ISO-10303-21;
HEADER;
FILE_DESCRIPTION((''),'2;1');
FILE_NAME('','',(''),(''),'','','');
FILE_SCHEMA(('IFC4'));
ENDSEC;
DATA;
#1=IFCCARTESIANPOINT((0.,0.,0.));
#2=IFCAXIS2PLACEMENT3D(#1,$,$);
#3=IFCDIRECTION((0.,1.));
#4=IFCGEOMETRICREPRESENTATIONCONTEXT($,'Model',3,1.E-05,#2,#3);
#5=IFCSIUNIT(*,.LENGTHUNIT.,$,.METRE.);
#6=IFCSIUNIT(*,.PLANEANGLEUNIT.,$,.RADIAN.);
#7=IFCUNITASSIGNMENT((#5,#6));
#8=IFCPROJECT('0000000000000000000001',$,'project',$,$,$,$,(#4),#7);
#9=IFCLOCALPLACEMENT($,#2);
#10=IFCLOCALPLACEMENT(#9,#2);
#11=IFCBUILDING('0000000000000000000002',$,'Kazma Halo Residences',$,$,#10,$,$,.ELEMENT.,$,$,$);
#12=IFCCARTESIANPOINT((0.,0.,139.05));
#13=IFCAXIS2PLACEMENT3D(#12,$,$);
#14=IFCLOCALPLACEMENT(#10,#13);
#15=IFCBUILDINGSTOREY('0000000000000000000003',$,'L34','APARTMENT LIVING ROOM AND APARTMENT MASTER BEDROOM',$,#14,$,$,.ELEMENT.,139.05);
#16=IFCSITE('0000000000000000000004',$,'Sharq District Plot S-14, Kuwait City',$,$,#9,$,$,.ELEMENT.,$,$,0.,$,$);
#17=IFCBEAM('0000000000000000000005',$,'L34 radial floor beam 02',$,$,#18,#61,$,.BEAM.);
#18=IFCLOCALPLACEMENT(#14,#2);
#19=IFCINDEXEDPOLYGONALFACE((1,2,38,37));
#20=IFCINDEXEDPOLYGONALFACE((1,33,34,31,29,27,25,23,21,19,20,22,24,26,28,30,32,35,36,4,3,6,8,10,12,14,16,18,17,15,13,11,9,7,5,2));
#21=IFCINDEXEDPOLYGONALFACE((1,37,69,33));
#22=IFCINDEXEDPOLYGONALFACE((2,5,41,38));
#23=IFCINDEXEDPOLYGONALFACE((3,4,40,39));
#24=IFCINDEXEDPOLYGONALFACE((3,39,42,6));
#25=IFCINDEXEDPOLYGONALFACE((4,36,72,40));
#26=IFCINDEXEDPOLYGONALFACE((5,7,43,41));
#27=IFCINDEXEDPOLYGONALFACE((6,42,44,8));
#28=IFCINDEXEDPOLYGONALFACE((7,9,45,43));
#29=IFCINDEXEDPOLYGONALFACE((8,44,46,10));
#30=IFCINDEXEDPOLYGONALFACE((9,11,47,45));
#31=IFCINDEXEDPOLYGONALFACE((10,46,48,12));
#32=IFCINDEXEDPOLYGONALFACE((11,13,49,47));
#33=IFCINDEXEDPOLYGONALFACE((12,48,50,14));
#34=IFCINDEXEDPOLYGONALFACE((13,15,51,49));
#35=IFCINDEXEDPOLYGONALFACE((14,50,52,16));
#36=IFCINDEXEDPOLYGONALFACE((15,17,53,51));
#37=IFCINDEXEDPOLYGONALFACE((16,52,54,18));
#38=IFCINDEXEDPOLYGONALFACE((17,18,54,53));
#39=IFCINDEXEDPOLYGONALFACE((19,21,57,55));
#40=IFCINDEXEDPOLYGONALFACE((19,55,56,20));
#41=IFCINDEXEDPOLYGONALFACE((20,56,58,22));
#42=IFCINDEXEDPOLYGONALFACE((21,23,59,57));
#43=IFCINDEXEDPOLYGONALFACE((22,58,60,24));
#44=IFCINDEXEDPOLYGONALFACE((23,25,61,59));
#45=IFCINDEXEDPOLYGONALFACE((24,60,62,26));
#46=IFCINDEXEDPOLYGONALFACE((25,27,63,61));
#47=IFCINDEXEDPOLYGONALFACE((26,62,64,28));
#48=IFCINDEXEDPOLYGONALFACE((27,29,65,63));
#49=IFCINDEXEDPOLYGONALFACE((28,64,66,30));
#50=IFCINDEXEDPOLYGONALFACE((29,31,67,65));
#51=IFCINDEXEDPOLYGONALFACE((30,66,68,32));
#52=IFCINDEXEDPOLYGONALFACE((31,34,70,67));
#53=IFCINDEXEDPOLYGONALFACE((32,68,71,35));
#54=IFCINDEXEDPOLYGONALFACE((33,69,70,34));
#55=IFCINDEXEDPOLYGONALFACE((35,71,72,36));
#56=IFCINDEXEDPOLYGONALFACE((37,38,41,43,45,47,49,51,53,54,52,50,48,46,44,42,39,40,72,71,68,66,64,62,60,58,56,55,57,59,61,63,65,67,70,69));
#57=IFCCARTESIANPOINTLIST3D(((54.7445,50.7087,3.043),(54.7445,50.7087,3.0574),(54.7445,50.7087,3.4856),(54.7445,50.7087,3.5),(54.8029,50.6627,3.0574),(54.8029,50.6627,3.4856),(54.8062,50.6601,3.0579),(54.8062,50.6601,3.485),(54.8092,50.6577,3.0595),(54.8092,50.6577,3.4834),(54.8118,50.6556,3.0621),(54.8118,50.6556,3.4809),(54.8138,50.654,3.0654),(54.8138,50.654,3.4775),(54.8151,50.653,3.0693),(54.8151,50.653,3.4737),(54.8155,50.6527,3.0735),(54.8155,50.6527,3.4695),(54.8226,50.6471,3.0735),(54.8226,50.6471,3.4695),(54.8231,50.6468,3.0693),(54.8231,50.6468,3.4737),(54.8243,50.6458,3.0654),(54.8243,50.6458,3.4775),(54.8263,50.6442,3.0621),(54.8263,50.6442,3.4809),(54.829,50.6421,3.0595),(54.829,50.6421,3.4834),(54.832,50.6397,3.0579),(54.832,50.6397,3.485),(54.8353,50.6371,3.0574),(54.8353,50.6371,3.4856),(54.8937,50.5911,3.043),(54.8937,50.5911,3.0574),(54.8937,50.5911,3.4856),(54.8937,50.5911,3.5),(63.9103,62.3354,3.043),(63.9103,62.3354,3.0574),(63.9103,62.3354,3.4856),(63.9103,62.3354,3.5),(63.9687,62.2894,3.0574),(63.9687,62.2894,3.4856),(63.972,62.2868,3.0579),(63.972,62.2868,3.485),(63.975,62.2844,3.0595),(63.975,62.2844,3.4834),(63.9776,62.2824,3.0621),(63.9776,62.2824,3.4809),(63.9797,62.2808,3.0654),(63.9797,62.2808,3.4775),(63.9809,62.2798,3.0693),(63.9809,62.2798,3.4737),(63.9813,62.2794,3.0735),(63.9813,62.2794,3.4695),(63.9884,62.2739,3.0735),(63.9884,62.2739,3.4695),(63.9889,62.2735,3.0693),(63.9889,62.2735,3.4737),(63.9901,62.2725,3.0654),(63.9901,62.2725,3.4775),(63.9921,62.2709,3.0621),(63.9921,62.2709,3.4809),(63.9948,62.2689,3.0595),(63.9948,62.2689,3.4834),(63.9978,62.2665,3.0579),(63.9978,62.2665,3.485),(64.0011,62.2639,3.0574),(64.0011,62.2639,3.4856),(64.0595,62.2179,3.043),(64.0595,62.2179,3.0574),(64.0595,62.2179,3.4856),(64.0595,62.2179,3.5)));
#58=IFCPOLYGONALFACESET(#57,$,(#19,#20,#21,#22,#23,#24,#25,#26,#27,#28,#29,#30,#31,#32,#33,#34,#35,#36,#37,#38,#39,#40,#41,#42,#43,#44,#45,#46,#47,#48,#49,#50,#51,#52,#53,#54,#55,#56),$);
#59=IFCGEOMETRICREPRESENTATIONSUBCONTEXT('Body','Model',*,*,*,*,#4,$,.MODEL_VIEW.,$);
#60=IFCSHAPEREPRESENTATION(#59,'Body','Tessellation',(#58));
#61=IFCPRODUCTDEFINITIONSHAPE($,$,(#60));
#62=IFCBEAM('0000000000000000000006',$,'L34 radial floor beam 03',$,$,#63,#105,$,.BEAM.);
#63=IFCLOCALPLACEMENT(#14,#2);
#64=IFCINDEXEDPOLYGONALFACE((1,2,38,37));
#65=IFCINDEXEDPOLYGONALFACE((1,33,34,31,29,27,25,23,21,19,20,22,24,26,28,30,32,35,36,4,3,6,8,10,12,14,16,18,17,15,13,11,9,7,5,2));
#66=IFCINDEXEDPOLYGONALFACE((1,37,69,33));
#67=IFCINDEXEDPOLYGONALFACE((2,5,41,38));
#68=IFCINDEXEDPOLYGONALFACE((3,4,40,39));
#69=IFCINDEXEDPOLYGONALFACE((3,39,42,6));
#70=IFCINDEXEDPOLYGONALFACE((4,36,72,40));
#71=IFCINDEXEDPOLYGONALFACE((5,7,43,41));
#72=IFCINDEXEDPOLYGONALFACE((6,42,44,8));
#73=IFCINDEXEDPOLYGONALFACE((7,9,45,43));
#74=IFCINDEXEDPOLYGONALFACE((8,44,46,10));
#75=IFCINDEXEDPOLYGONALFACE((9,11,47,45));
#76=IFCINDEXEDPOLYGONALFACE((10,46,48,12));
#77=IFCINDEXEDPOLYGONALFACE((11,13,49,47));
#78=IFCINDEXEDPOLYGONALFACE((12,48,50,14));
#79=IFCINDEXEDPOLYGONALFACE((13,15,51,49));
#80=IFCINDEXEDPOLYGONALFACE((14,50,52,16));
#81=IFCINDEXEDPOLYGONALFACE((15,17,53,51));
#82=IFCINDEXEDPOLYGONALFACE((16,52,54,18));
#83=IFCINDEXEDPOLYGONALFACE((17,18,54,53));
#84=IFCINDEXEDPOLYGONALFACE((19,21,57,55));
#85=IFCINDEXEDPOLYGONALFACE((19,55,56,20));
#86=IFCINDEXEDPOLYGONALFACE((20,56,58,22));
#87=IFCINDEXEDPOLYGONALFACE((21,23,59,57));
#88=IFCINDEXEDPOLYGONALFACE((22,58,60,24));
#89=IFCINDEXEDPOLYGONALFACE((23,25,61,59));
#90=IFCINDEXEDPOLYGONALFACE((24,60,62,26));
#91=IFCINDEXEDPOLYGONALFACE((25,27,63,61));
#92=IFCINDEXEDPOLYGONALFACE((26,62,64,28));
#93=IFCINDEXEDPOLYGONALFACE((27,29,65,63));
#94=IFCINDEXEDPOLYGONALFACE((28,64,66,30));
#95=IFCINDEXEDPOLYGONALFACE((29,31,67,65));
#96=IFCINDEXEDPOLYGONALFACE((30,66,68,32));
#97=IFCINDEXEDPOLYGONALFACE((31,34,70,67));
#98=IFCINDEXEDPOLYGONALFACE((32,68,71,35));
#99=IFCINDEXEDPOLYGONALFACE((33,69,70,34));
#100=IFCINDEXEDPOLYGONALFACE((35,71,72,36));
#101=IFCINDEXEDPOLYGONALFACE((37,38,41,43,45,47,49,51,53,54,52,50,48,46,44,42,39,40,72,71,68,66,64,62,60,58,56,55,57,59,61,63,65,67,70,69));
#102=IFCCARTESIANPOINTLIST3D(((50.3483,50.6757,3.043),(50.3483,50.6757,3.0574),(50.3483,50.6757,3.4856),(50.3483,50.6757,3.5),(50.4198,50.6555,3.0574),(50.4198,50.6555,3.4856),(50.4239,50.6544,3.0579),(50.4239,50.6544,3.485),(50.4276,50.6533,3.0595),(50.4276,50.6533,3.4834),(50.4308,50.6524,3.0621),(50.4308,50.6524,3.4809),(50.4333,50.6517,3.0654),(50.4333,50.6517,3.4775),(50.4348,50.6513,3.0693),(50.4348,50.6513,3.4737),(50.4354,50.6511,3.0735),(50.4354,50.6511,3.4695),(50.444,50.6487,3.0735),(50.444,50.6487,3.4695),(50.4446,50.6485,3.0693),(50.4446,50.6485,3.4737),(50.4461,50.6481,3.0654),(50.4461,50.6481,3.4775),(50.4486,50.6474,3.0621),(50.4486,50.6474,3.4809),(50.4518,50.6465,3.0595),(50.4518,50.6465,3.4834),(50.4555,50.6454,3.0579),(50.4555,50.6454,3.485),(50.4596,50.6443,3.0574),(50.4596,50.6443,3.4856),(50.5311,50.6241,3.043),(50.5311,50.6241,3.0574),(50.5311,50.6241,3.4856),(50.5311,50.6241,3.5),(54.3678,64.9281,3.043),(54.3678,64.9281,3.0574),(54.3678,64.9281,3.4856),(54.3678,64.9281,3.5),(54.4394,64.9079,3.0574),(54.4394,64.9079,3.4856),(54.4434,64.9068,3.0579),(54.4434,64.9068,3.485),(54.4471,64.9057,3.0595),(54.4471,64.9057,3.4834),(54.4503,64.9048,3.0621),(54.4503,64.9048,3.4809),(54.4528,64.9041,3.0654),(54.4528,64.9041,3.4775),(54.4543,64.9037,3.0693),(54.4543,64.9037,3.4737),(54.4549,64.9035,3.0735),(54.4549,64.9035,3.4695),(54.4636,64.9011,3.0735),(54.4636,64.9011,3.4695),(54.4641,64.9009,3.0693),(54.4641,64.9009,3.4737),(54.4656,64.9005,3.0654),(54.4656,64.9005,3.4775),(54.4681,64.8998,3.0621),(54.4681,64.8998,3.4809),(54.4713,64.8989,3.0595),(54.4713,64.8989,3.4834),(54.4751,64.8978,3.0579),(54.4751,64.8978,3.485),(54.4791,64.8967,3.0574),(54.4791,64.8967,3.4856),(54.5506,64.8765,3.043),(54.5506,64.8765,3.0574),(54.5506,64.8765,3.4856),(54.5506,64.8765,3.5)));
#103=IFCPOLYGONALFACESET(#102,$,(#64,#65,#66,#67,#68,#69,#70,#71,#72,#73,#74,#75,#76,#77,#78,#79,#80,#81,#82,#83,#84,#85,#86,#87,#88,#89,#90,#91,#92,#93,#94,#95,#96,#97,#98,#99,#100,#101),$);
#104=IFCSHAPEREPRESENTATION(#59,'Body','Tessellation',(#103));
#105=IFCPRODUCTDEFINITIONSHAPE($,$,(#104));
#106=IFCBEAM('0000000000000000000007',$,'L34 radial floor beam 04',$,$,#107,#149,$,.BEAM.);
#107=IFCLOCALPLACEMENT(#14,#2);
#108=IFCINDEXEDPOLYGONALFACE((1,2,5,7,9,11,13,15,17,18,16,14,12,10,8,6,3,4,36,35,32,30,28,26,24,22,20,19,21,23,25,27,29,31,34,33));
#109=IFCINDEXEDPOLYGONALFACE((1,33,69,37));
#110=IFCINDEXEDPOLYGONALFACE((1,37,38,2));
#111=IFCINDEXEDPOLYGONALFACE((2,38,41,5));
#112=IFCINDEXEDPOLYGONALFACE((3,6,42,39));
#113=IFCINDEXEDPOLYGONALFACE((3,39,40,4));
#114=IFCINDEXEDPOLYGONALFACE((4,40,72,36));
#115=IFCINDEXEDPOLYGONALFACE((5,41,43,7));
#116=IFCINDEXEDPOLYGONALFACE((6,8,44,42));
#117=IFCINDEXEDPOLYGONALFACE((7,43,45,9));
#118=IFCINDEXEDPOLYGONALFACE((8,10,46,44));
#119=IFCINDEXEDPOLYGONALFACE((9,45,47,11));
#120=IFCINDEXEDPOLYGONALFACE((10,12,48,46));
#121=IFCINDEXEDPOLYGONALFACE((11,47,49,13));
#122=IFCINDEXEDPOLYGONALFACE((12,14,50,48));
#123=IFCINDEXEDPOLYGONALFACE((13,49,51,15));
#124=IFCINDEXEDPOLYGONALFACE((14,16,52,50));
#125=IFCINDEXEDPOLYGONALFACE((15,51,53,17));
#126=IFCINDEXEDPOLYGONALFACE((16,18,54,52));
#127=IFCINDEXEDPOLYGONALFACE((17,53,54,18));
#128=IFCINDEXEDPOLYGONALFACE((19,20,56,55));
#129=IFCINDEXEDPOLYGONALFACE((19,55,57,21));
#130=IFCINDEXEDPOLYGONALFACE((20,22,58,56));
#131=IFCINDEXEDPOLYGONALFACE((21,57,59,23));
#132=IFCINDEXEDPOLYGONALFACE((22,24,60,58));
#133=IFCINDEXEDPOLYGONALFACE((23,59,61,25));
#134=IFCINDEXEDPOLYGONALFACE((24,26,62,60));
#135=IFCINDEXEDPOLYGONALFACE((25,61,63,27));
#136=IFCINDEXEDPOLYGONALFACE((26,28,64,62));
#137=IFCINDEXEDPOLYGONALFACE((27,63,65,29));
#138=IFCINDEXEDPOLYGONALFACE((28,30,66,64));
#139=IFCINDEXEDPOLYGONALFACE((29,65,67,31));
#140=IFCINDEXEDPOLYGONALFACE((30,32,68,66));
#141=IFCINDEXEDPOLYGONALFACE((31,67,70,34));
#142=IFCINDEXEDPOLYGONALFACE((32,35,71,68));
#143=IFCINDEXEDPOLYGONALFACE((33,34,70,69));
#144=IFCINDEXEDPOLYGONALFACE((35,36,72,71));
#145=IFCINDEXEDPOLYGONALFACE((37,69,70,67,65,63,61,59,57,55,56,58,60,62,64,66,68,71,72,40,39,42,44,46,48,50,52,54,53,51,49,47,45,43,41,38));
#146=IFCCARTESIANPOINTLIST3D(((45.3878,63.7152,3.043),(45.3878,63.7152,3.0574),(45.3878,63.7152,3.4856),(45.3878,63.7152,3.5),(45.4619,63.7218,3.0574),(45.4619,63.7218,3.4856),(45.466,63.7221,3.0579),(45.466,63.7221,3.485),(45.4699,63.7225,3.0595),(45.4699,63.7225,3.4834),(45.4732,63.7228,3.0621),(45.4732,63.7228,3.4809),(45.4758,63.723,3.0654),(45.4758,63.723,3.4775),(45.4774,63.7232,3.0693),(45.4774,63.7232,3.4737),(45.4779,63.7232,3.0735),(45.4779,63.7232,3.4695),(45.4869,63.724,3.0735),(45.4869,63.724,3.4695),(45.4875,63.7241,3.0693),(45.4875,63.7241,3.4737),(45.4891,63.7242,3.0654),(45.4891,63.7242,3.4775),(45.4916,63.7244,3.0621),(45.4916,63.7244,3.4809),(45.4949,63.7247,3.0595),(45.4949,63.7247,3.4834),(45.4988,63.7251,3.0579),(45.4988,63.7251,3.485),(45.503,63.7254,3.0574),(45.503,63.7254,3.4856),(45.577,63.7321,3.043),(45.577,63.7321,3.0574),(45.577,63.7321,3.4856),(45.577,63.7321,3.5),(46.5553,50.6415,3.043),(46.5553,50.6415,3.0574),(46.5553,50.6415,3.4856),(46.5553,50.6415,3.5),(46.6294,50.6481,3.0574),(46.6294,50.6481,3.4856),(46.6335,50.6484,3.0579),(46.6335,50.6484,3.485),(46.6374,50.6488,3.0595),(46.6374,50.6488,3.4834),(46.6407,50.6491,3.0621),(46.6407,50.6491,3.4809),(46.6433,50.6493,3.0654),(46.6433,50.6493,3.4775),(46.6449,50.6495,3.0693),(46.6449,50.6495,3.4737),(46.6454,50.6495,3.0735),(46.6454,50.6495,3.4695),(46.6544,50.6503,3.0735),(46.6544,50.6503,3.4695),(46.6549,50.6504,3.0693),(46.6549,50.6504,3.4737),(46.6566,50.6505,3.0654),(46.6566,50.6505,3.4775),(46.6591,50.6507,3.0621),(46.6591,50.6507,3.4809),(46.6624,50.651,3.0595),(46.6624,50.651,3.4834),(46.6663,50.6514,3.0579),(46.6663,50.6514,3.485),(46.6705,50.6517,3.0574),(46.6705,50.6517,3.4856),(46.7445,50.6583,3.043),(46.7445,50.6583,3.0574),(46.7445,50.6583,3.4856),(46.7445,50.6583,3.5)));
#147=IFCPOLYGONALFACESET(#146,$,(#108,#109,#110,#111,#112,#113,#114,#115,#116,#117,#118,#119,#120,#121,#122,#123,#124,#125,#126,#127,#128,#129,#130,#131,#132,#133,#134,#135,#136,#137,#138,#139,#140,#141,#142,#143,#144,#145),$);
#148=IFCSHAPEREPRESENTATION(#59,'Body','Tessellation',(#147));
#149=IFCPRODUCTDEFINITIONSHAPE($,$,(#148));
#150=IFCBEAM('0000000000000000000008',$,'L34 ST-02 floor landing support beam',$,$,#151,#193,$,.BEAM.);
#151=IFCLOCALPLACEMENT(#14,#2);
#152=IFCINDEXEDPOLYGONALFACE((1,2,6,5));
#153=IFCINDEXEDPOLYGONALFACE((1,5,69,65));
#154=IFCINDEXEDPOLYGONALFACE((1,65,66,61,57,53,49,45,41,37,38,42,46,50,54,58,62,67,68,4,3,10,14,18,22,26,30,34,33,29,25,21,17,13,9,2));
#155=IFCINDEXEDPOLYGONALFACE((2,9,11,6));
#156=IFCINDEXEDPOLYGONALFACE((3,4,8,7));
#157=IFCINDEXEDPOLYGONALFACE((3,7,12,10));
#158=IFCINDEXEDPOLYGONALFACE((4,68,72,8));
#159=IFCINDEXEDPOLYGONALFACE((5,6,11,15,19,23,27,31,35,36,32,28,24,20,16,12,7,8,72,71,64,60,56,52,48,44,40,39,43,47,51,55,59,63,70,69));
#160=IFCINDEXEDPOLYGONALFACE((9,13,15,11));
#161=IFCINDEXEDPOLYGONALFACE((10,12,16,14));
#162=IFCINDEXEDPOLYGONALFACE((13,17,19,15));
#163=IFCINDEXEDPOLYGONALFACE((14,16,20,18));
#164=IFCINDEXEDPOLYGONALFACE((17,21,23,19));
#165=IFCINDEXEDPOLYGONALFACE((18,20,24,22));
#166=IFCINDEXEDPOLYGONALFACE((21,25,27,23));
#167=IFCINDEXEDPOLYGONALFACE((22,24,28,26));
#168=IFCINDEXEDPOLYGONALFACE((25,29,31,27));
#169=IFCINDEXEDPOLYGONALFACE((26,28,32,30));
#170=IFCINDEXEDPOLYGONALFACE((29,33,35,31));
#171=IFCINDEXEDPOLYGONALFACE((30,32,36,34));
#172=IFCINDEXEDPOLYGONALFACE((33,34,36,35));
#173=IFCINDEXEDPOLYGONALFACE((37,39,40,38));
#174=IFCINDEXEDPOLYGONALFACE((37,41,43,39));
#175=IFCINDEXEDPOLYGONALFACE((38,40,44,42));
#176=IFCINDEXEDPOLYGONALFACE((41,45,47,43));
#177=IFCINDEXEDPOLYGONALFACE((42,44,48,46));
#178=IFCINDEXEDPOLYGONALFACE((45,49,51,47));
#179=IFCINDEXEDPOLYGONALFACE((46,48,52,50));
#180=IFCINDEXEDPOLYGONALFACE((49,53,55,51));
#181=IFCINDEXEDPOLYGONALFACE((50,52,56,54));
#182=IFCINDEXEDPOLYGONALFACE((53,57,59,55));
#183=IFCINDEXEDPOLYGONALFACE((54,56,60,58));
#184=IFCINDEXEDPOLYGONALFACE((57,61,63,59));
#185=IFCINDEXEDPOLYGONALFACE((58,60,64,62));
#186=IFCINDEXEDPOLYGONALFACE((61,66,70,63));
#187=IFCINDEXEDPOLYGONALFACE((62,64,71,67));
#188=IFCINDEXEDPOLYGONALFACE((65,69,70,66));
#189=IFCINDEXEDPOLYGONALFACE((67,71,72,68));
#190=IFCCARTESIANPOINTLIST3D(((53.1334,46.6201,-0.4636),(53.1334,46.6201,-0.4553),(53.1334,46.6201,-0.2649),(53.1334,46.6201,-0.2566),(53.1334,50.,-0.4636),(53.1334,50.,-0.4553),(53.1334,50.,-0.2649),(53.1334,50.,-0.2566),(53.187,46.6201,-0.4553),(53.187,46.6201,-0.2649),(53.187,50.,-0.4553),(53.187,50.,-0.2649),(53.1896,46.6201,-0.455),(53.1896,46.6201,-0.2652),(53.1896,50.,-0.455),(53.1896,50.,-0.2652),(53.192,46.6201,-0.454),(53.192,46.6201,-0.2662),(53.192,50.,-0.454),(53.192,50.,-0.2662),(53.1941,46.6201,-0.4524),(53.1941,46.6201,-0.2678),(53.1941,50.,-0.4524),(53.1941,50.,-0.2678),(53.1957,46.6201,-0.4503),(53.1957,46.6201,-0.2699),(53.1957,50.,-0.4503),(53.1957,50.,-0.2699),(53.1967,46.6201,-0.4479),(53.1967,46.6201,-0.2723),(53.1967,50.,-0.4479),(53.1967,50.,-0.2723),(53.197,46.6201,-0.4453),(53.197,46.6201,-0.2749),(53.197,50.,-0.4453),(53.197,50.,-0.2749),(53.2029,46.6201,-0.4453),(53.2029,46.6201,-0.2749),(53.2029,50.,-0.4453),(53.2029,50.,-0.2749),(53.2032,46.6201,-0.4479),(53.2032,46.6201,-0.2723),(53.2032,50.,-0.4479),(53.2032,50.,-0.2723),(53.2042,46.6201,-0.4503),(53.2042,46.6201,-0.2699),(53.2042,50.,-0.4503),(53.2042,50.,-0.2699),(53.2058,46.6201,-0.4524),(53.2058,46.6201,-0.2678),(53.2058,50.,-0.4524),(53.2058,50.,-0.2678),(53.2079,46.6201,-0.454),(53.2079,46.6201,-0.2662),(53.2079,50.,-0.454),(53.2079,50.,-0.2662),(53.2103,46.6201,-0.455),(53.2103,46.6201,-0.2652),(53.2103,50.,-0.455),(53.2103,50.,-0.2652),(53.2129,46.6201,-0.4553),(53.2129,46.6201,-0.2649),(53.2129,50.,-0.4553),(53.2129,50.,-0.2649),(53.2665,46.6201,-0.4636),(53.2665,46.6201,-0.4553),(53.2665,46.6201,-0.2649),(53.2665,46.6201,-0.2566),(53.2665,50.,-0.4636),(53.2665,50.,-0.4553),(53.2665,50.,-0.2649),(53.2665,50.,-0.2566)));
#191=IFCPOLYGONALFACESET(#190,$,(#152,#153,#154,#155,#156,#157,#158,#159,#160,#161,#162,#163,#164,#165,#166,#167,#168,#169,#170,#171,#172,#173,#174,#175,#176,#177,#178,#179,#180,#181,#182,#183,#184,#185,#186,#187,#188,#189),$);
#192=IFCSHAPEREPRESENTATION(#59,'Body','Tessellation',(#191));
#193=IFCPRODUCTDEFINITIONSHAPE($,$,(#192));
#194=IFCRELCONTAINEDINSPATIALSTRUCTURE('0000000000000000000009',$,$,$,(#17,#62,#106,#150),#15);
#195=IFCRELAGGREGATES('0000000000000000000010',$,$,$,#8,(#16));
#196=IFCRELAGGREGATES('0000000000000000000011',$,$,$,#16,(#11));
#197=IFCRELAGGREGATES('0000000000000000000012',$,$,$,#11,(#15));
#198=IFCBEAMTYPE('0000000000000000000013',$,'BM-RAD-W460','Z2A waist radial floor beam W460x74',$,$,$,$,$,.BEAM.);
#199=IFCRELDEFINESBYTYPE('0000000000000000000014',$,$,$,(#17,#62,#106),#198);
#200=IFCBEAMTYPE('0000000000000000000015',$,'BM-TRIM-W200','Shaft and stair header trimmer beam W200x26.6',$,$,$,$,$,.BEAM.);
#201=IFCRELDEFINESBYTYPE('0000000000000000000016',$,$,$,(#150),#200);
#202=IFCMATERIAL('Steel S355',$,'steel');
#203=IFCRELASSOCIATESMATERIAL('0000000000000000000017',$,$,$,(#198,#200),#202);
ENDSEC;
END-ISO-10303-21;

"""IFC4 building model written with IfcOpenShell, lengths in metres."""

from ifc_helpers import new_model, si_unit, direction, frame, origin, origin_2d, place, context, subcontext, project, spatial, i_section, extrude, material, material_profile, profile_set, type_object, element, save


model = new_model("IFC4")

# Units and contexts
model_context = context("Model", 3, precision=1e-05, world=origin(), true_north=direction((0.0, 1.0)))
body_context = subcontext(model_context, "Body", "Model", "MODEL_VIEW")
ifc_project = project(units=[si_unit("LENGTHUNIT", "METRE"), si_unit("PLANEANGLEUNIT", "RADIAN")], contexts=[model_context])

# Site, building, storey
site_placement = place(None, origin())
site = spatial("IfcSite", under=ifc_project, at=site_placement, Name="Sharq District Plot S-14, Kuwait City", CompositionType="ELEMENT", RefElevation=0.0)
building_placement = place(site_placement, origin())
building = spatial("IfcBuilding", under=site, at=building_placement, Name="Kazma Halo Residences", CompositionType="ELEMENT")
storey_placement = place(building_placement, frame((0.0, 0.0, 139.05)))
storey = spatial("IfcBuildingStorey", under=building, at=storey_placement, Name="L34", Description="APARTMENT LIVING ROOM AND APARTMENT MASTER BEDROOM", CompositionType="ELEMENT", Elevation=139.05)

# Shared definitions
ifc_material_1 = material(Name="Steel S355", Category="steel")

# Beams
ifc_material_profile_1 = material_profile(ifc_material_1, i_section(OverallWidth=0.1899, OverallDepth=0.457, WebThickness=0.009, FlangeThickness=0.0144, FilletRadius=0.0161, at=origin_2d()), Name="W460x74")
ifc_profile_set_1 = profile_set([ifc_material_profile_1], Name="Steel S355")
beam_type_1 = type_object("IfcBeamType", Name="BM-RAD-W460", Description="Z2A waist radial floor beam W460x74", PredefinedType="BEAM", material=ifc_profile_set_1)
beam_1_placement = place(storey_placement, frame((54.8191, 50.6499, 3.2715), z_axis=(0.619094, 0.785316, 0.0), x_axis=(-0.785316, 0.619094, 0.0)))
element("IfcBeam", 1, at=beam_1_placement, inside=storey, type_object=beam_type_1, Name="L34 radial floor beam 02", PredefinedType="BEAM", context=body_context, shape_type="SweptSolid", body=[
    extrude(i_section(OverallWidth=0.1899, OverallDepth=0.457, WebThickness=0.009, FlangeThickness=0.0144, FilletRadius=0.0161, at=origin_2d()), origin(), (0.0, 0.0, 1.0), 14.8052),
])
beam_2_placement = place(storey_placement, frame((50.4397, 50.6499, 3.2715), z_axis=(0.271436, 0.962457, 0.0), x_axis=(-0.962457, 0.271436, 0.0)))
element("IfcBeam", 2, at=beam_2_placement, inside=storey, type_object=beam_type_1, Name="L34 radial floor beam 03", PredefinedType="BEAM", context=body_context, shape_type="SweptSolid", body=[
    extrude(i_section(OverallWidth=0.1899, OverallDepth=0.457, WebThickness=0.009, FlangeThickness=0.0144, FilletRadius=0.0161, at=origin_2d()), origin(), (0.0, 0.0, 1.0), 14.8083),
])
beam_3_placement = place(storey_placement, frame((46.6499, 50.6499, 3.2715), z_axis=(-0.088946, 0.996036, 0.0), x_axis=(-0.996036, -0.088946, 0.0)))
element("IfcBeam", 3, at=beam_3_placement, inside=storey, type_object=beam_type_1, Name="L34 radial floor beam 04", PredefinedType="BEAM", context=body_context, shape_type="SweptSolid", body=[
    extrude(i_section(OverallWidth=0.1899, OverallDepth=0.457, WebThickness=0.009, FlangeThickness=0.0144, FilletRadius=0.0161, at=origin_2d()), origin(), (0.0, 0.0, 1.0), 13.1257),
])
ifc_material_profile_2 = material_profile(ifc_material_1, i_section(OverallWidth=0.1331, OverallDepth=0.207, WebThickness=0.0059, FlangeThickness=0.0083, FilletRadius=0.01, at=origin_2d()), Name="W200x26.6")
ifc_profile_set_2 = profile_set([ifc_material_profile_2], Name="Steel S355")
beam_type_2 = type_object("IfcBeamType", Name="BM-TRIM-W200", Description="Shaft and stair header trimmer beam W200x26.6", PredefinedType="BEAM", material=ifc_profile_set_2)
beam_4_placement = place(storey_placement, frame((53.2, 46.6201, -0.3601), z_axis=(0.0, 1.0, 0.0), x_axis=(-1.0, 0.0, 0.0)))
element("IfcBeam", 4, at=beam_4_placement, inside=storey, type_object=beam_type_2, Name="L34 ST-02 floor landing support beam", PredefinedType="BEAM", context=body_context, shape_type="SweptSolid", body=[
    extrude(i_section(OverallWidth=0.1331, OverallDepth=0.207, WebThickness=0.0059, FlangeThickness=0.0083, FilletRadius=0.01, at=origin_2d()), origin(), (0.0, 0.0, 1.0), 3.3799),
])

save(model, "model.ifc")
